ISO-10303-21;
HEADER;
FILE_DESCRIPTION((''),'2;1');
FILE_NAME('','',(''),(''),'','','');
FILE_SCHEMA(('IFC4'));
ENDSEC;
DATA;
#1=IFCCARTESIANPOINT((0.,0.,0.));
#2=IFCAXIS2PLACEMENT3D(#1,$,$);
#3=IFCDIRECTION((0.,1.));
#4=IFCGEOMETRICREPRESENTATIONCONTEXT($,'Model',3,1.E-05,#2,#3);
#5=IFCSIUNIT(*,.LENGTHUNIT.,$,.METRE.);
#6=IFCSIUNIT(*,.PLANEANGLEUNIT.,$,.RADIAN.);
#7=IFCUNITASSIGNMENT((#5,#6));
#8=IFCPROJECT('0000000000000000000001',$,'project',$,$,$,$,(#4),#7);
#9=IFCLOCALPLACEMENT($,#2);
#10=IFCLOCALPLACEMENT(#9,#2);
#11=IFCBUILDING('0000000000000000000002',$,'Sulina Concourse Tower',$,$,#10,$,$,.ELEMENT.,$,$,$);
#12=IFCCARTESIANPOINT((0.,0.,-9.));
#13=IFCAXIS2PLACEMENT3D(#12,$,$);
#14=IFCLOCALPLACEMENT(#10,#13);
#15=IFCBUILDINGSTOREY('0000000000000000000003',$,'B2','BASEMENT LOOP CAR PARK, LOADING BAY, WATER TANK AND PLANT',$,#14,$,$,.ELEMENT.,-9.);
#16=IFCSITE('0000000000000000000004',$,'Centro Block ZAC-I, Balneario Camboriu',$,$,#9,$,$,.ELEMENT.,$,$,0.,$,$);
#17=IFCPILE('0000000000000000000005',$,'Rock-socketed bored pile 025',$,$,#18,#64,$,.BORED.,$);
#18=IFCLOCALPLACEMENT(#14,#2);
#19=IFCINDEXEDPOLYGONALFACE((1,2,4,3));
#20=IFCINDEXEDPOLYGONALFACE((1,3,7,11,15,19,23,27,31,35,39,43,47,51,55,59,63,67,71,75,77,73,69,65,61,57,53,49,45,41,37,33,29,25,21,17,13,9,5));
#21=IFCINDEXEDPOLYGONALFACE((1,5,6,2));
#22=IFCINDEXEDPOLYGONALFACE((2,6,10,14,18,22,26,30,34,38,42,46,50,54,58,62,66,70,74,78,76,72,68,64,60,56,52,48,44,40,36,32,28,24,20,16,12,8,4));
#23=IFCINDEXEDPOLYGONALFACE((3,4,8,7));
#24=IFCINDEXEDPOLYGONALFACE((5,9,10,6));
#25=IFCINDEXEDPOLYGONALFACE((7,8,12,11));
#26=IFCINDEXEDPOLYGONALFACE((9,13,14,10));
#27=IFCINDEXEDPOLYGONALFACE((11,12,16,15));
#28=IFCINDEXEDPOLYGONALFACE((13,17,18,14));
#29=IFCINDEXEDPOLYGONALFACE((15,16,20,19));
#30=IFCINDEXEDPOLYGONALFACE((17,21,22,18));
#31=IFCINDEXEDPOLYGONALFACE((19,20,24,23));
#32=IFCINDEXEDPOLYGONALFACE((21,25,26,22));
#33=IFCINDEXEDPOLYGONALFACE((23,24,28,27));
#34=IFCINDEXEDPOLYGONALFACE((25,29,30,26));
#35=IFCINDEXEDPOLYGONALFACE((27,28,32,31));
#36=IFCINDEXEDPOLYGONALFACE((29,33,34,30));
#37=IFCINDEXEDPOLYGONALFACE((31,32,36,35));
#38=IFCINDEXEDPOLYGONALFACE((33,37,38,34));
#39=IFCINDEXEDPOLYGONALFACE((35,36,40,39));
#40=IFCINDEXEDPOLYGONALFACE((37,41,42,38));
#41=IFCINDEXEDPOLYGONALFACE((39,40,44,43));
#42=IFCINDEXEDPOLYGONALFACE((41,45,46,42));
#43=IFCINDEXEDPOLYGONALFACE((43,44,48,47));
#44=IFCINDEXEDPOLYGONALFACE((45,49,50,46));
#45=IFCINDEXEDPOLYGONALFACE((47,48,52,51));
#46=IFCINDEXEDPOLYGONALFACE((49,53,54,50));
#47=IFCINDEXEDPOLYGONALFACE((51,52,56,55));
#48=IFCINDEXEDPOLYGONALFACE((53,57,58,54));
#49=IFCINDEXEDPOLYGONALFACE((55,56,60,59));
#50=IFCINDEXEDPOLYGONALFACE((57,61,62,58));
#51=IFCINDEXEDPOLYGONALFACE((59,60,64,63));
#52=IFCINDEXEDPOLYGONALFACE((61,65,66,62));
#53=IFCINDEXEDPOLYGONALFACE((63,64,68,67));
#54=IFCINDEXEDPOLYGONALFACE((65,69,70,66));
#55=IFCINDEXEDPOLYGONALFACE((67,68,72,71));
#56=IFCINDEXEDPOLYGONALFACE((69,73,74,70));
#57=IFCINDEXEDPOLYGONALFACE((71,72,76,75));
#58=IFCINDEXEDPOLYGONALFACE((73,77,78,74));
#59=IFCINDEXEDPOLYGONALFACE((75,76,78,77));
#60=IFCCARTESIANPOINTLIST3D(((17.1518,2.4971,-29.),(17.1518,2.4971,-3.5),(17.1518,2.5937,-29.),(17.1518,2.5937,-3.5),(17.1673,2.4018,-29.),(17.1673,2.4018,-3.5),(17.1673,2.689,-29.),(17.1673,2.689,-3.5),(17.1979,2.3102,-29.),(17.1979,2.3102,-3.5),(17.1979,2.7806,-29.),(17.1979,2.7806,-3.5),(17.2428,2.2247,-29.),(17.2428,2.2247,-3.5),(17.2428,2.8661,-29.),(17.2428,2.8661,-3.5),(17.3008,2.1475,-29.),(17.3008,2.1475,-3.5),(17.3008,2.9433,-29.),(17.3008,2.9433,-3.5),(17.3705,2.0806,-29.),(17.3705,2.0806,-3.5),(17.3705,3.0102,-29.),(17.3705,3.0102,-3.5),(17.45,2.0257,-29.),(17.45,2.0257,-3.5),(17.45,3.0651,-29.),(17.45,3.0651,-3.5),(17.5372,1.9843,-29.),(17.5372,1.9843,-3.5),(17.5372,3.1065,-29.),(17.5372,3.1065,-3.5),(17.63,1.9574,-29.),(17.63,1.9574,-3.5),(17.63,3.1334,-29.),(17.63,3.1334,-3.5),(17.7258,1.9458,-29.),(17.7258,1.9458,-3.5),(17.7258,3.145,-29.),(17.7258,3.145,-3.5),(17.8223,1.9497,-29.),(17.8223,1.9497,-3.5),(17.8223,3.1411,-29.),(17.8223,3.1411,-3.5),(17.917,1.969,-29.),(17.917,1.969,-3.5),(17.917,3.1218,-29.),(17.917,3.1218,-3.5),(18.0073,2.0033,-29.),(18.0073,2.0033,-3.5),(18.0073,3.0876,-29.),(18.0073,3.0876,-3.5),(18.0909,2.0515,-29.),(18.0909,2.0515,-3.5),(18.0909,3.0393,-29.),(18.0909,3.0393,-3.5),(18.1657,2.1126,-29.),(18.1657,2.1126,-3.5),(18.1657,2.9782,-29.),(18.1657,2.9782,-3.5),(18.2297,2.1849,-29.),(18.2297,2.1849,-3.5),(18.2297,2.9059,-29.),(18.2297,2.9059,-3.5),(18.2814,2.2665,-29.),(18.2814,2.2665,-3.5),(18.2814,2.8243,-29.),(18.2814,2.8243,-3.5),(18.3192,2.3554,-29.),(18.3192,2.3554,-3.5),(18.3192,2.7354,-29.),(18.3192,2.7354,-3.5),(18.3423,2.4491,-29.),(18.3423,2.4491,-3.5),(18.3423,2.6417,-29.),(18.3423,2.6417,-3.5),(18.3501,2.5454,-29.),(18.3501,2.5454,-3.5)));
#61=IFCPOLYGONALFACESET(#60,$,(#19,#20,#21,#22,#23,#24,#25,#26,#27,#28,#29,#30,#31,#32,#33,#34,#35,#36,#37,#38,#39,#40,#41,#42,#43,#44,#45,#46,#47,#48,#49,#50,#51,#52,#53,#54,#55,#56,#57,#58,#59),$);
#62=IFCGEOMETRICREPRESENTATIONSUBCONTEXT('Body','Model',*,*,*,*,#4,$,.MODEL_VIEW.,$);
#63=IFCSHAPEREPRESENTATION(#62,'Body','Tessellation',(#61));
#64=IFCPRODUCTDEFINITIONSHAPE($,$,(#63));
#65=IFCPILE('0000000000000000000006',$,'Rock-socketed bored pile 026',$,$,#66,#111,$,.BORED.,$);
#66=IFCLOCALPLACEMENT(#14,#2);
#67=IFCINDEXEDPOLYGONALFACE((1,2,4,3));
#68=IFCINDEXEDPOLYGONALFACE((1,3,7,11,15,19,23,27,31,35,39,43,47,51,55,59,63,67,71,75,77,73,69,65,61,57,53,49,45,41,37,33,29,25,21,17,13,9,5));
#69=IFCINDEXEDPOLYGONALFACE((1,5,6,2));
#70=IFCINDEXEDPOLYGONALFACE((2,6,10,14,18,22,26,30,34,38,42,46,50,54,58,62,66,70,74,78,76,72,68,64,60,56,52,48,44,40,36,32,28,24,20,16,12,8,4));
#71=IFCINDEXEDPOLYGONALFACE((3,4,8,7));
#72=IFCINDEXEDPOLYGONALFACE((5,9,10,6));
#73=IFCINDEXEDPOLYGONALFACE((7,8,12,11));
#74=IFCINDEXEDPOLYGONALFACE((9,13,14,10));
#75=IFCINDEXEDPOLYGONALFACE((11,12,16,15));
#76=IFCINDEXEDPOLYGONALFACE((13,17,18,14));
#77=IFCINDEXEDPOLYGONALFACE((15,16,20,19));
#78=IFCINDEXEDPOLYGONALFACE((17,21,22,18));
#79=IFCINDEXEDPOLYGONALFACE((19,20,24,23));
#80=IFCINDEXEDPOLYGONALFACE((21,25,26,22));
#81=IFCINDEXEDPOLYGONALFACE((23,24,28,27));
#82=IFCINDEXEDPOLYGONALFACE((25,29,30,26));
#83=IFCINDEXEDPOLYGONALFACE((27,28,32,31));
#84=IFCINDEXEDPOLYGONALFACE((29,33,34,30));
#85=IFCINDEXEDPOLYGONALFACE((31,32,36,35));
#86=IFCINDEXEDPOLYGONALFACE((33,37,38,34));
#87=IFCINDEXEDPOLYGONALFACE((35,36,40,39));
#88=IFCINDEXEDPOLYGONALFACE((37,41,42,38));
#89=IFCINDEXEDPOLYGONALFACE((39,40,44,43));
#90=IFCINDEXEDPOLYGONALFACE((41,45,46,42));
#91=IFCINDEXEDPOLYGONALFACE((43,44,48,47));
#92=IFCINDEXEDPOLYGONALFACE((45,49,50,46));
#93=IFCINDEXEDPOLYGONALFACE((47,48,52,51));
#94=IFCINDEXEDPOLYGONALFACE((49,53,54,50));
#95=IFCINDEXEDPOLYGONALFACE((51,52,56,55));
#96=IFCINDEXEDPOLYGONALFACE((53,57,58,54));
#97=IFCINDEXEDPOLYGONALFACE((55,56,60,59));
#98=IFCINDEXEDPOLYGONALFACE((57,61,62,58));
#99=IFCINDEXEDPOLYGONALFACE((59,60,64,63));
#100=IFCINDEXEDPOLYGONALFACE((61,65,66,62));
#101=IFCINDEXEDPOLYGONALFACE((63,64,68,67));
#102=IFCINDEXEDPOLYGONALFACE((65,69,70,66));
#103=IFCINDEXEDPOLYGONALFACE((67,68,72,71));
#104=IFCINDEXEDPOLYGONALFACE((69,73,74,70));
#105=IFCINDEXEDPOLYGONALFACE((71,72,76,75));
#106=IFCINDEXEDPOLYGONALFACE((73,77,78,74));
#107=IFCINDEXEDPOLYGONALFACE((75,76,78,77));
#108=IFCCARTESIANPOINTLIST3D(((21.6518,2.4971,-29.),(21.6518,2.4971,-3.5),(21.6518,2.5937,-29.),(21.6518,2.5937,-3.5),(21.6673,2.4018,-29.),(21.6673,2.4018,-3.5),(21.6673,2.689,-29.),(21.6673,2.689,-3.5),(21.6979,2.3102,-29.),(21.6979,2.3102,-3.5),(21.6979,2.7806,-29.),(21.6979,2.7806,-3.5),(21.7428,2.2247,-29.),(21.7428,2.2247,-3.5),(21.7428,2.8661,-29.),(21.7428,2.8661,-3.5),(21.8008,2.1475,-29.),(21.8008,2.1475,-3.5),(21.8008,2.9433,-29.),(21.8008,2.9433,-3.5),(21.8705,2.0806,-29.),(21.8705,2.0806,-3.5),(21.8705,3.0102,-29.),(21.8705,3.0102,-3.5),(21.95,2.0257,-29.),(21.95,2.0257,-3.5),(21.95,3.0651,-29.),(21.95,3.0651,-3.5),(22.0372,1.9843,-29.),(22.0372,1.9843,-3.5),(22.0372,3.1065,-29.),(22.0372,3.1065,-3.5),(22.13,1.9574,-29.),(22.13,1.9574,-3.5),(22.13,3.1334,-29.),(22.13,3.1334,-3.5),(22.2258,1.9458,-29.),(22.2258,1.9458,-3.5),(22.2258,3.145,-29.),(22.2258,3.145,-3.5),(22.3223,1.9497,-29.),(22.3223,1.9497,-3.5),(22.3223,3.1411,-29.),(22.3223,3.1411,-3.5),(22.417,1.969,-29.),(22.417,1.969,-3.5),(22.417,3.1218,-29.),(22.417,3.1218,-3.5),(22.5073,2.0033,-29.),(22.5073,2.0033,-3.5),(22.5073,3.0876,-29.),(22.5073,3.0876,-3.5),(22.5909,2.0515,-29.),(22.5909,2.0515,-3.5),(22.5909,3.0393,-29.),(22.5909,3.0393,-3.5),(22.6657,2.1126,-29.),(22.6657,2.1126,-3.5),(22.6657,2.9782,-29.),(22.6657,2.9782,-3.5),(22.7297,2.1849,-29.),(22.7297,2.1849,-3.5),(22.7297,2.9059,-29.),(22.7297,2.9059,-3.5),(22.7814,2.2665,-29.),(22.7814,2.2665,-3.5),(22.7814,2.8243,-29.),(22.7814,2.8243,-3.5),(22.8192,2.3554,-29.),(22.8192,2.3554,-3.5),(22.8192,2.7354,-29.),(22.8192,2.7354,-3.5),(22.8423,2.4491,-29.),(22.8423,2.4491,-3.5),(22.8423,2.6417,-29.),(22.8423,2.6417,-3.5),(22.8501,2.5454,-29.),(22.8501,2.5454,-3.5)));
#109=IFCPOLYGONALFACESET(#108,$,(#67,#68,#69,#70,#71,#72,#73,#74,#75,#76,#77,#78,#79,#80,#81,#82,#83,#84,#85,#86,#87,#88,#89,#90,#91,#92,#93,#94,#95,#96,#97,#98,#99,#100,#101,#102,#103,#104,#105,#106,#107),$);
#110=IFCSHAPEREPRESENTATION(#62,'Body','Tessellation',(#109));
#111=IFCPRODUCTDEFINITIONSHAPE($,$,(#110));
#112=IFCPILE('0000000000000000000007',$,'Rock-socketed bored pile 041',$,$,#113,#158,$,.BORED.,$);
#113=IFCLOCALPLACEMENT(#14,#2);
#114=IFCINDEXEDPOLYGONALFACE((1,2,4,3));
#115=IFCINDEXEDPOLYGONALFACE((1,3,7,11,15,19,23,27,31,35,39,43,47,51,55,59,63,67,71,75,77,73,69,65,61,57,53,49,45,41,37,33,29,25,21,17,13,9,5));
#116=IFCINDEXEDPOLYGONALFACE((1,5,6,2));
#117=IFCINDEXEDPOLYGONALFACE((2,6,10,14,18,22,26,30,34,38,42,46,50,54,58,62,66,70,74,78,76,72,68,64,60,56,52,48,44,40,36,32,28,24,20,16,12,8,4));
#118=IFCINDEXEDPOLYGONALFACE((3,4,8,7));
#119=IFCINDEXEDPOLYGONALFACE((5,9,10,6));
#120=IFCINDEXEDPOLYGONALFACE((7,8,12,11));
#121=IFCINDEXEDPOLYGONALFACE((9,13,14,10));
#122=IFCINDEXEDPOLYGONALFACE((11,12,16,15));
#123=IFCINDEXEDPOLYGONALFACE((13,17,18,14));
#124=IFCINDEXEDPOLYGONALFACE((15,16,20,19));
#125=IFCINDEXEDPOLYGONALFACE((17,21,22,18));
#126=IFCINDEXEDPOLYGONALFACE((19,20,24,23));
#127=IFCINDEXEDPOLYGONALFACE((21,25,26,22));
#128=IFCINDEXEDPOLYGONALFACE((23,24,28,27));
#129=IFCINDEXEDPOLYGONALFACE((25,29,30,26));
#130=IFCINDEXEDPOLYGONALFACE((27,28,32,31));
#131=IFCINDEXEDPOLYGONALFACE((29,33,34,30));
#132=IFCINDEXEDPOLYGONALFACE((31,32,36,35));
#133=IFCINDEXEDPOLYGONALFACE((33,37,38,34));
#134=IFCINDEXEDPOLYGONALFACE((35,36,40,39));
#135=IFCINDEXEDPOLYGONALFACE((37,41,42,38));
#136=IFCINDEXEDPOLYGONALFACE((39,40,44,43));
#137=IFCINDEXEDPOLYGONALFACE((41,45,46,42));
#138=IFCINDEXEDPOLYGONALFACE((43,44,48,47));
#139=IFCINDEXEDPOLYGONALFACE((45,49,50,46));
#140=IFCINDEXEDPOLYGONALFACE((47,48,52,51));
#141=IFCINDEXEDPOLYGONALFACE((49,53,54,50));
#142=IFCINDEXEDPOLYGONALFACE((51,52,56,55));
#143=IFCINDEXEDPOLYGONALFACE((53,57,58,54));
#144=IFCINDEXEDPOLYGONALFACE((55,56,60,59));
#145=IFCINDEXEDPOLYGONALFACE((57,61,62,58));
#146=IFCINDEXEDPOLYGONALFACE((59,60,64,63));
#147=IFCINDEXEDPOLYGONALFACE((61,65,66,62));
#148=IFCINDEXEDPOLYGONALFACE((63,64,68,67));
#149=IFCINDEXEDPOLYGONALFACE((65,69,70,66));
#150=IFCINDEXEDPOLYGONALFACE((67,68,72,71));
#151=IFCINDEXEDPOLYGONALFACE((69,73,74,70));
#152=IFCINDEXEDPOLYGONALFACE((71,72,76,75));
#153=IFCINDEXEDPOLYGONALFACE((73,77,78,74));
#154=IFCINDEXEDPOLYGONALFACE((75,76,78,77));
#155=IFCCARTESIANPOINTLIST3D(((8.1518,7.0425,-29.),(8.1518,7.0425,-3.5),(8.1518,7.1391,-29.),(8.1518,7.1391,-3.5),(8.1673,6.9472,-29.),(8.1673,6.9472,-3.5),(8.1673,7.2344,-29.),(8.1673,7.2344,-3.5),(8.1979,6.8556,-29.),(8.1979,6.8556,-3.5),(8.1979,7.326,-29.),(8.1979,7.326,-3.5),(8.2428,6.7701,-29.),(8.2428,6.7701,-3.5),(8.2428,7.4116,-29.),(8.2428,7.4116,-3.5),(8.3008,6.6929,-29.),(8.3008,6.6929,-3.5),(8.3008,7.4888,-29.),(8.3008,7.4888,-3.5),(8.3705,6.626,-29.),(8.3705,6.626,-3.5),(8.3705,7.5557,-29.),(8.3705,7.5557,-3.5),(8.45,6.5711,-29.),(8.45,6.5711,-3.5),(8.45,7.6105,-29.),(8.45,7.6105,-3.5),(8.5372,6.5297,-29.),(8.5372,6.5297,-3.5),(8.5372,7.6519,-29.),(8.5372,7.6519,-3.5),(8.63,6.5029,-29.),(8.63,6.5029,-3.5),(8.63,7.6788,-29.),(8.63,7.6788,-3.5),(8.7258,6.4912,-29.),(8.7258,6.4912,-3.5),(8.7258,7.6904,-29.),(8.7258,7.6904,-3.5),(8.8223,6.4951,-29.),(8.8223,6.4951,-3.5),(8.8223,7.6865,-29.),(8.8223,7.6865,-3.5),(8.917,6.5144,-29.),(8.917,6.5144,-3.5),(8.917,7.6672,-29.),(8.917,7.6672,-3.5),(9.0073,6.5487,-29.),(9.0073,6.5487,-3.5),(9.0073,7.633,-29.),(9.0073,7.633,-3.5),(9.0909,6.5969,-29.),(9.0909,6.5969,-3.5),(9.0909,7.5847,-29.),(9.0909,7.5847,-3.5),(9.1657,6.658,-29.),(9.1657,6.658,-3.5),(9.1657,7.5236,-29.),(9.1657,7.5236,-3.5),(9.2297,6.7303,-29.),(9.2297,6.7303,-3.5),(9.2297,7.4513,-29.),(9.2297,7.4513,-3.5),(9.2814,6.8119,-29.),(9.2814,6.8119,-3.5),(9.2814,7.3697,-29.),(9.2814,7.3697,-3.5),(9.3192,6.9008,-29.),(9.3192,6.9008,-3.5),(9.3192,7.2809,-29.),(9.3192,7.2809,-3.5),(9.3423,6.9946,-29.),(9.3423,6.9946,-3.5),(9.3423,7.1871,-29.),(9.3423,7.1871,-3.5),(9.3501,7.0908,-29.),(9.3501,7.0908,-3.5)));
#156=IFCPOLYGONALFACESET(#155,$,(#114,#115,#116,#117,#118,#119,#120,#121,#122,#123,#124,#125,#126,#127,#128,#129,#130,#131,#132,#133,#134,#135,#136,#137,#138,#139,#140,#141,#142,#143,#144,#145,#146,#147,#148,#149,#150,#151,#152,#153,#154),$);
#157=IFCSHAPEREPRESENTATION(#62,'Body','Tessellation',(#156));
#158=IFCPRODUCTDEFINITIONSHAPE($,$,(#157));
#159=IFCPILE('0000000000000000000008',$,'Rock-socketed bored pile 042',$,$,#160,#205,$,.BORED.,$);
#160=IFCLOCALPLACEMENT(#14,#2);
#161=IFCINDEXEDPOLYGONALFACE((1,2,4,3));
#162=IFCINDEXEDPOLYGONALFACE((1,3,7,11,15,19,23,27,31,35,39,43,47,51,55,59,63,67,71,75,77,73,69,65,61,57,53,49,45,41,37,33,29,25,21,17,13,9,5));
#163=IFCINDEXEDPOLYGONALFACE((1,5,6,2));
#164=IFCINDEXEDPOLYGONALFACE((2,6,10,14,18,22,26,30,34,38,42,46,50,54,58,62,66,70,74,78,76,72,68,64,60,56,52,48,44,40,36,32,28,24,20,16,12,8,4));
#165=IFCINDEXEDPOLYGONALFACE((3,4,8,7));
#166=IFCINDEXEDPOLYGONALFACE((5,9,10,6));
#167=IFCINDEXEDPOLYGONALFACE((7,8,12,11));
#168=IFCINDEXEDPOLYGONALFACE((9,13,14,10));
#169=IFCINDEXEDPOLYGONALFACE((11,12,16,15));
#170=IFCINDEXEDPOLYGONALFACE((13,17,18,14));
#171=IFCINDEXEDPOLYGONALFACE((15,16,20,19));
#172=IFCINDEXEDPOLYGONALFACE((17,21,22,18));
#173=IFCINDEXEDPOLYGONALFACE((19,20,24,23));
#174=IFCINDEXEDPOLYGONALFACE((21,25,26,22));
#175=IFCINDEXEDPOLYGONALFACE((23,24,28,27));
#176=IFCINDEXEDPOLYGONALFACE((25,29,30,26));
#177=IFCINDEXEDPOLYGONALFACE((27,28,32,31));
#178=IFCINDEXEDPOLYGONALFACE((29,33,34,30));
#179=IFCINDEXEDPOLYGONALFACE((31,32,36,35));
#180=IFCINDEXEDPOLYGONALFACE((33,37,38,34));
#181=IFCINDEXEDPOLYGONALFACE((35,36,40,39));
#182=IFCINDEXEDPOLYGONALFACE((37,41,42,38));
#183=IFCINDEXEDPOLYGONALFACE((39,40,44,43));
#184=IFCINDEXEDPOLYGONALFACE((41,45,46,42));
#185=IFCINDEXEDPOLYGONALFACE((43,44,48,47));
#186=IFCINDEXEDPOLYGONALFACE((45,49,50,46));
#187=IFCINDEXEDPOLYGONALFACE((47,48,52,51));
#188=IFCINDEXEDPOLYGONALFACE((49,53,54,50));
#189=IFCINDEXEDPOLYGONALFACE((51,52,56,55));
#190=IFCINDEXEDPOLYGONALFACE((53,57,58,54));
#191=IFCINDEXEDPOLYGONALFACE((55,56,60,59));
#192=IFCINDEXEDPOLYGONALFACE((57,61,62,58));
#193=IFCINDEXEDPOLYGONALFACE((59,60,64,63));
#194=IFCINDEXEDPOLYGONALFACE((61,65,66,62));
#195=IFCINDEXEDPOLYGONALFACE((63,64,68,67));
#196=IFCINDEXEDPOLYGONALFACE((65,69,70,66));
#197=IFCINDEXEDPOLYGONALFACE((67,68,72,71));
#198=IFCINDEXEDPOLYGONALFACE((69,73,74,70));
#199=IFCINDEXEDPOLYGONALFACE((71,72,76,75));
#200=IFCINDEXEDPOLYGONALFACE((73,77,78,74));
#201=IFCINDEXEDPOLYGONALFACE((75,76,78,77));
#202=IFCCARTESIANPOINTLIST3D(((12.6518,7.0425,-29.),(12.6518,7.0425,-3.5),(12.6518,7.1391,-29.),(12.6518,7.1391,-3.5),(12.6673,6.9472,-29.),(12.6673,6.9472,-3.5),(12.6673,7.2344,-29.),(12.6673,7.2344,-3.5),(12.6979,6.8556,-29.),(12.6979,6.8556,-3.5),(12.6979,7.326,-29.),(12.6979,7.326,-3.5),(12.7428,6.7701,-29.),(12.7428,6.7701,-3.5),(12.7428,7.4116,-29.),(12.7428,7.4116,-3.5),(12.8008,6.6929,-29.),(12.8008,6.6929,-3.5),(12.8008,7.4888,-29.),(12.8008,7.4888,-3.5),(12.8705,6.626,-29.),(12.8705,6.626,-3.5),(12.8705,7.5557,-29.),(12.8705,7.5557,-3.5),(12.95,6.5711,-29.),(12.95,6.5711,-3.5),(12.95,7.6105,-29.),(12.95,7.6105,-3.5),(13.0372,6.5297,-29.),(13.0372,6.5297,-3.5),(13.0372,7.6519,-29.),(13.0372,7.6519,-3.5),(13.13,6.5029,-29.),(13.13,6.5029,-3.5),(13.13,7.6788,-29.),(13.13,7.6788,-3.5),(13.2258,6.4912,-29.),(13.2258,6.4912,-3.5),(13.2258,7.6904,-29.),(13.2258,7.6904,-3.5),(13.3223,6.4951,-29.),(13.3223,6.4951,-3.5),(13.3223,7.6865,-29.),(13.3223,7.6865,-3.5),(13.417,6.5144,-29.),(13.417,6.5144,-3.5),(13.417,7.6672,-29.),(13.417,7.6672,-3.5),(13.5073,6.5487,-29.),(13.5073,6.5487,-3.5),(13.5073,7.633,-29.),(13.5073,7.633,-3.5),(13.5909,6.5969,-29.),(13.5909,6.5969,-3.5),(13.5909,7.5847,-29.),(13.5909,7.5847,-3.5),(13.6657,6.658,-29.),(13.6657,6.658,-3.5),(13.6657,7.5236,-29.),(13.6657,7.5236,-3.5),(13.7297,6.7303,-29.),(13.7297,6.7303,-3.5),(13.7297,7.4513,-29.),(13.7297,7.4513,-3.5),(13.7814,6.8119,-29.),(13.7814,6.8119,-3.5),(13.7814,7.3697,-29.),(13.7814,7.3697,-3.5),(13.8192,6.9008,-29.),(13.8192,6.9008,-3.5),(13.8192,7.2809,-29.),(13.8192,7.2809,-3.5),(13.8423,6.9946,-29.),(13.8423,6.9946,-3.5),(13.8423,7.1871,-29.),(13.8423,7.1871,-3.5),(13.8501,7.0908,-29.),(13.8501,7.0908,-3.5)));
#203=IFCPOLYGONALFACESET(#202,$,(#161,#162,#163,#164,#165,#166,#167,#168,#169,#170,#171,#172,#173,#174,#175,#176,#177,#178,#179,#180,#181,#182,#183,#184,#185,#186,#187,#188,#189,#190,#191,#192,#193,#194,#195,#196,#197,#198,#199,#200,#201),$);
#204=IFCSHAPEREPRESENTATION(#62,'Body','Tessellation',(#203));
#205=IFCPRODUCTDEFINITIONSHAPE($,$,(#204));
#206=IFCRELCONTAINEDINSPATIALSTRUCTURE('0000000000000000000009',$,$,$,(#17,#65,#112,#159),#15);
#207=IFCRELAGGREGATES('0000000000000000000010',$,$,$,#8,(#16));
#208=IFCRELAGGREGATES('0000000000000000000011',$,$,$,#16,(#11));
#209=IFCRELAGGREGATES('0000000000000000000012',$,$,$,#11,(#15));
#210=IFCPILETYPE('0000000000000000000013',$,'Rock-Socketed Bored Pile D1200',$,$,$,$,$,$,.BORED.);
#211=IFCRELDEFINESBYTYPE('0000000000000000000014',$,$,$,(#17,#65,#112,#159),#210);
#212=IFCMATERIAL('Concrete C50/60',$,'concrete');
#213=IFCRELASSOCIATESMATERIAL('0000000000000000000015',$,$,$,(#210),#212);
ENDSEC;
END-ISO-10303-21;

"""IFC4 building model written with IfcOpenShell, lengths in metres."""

from ifc_helpers import new_model, si_unit, direction, frame, origin, origin_2d, place, context, subcontext, project, spatial, circle, extrude, material, material_profile, profile_set, type_object, element, save


model = new_model("IFC4")

# Units and contexts
model_context = context("Model", 3, precision=1e-05, world=origin(), true_north=direction((0.0, 1.0)))
body_context = subcontext(model_context, "Body", "Model", "MODEL_VIEW")
ifc_project = project(units=[si_unit("LENGTHUNIT", "METRE"), si_unit("PLANEANGLEUNIT", "RADIAN")], contexts=[model_context])

# Site, building, storey
site_placement = place(None, origin())
site = spatial("IfcSite", under=ifc_project, at=site_placement, Name="Centro Block ZAC-I, Balneario Camboriu", CompositionType="ELEMENT", RefElevation=0.0)
building_placement = place(site_placement, origin())
building = spatial("IfcBuilding", under=site, at=building_placement, Name="Sulina Concourse Tower", CompositionType="ELEMENT")
storey_placement = place(building_placement, frame((0.0, 0.0, -9.0)))
storey = spatial("IfcBuildingStorey", under=building, at=storey_placement, Name="B2", Description="BASEMENT LOOP CAR PARK, LOADING BAY, WATER TANK AND PLANT", CompositionType="ELEMENT", Elevation=-9.0)

# Piles
ifc_material_1 = material(Name="Concrete C50/60", Category="concrete")
ifc_material_profile_1 = material_profile(ifc_material_1, circle(Radius=0.6001, at=origin_2d()), Name="PILE D1200")
ifc_profile_set_1 = profile_set([ifc_material_profile_1], Name="Concrete C50/60")
pile_type_1 = type_object("IfcPileType", Name="Rock-Socketed Bored Pile D1200", PredefinedType="BORED", material=ifc_profile_set_1)
for number, where, z_axis, x_axis, name in (
    (1, (17.75, 2.5454, -3.5), (0.0, 0.0, -1.0), (1.0, 0.0, 0.0), "Rock-socketed bored pile 025"),
    (2, (22.25, 2.5454, -3.5), (0.0, 0.0, -1.0), (1.0, 0.0, 0.0), "Rock-socketed bored pile 026"),
    (3, (8.75, 7.0908, -3.5), (0.0, 0.0, -1.0), (1.0, 0.0, 0.0), "Rock-socketed bored pile 041"),
    (4, (13.25, 7.0908, -3.5), (0.0, 0.0, -1.0), (1.0, 0.0, 0.0), "Rock-socketed bored pile 042"),
):
    element("IfcPile", number, at=place(storey_placement, frame(where, z_axis=z_axis, x_axis=x_axis)), inside=storey, type_object=pile_type_1, Name=name, PredefinedType="BORED", context=body_context, shape_type="SweptSolid", body=[
        extrude(circle(Radius=0.6001, at=origin_2d()), origin(), (0.0, 0.0, 1.0), 25.5),
    ])

save(model, "model.ifc")
